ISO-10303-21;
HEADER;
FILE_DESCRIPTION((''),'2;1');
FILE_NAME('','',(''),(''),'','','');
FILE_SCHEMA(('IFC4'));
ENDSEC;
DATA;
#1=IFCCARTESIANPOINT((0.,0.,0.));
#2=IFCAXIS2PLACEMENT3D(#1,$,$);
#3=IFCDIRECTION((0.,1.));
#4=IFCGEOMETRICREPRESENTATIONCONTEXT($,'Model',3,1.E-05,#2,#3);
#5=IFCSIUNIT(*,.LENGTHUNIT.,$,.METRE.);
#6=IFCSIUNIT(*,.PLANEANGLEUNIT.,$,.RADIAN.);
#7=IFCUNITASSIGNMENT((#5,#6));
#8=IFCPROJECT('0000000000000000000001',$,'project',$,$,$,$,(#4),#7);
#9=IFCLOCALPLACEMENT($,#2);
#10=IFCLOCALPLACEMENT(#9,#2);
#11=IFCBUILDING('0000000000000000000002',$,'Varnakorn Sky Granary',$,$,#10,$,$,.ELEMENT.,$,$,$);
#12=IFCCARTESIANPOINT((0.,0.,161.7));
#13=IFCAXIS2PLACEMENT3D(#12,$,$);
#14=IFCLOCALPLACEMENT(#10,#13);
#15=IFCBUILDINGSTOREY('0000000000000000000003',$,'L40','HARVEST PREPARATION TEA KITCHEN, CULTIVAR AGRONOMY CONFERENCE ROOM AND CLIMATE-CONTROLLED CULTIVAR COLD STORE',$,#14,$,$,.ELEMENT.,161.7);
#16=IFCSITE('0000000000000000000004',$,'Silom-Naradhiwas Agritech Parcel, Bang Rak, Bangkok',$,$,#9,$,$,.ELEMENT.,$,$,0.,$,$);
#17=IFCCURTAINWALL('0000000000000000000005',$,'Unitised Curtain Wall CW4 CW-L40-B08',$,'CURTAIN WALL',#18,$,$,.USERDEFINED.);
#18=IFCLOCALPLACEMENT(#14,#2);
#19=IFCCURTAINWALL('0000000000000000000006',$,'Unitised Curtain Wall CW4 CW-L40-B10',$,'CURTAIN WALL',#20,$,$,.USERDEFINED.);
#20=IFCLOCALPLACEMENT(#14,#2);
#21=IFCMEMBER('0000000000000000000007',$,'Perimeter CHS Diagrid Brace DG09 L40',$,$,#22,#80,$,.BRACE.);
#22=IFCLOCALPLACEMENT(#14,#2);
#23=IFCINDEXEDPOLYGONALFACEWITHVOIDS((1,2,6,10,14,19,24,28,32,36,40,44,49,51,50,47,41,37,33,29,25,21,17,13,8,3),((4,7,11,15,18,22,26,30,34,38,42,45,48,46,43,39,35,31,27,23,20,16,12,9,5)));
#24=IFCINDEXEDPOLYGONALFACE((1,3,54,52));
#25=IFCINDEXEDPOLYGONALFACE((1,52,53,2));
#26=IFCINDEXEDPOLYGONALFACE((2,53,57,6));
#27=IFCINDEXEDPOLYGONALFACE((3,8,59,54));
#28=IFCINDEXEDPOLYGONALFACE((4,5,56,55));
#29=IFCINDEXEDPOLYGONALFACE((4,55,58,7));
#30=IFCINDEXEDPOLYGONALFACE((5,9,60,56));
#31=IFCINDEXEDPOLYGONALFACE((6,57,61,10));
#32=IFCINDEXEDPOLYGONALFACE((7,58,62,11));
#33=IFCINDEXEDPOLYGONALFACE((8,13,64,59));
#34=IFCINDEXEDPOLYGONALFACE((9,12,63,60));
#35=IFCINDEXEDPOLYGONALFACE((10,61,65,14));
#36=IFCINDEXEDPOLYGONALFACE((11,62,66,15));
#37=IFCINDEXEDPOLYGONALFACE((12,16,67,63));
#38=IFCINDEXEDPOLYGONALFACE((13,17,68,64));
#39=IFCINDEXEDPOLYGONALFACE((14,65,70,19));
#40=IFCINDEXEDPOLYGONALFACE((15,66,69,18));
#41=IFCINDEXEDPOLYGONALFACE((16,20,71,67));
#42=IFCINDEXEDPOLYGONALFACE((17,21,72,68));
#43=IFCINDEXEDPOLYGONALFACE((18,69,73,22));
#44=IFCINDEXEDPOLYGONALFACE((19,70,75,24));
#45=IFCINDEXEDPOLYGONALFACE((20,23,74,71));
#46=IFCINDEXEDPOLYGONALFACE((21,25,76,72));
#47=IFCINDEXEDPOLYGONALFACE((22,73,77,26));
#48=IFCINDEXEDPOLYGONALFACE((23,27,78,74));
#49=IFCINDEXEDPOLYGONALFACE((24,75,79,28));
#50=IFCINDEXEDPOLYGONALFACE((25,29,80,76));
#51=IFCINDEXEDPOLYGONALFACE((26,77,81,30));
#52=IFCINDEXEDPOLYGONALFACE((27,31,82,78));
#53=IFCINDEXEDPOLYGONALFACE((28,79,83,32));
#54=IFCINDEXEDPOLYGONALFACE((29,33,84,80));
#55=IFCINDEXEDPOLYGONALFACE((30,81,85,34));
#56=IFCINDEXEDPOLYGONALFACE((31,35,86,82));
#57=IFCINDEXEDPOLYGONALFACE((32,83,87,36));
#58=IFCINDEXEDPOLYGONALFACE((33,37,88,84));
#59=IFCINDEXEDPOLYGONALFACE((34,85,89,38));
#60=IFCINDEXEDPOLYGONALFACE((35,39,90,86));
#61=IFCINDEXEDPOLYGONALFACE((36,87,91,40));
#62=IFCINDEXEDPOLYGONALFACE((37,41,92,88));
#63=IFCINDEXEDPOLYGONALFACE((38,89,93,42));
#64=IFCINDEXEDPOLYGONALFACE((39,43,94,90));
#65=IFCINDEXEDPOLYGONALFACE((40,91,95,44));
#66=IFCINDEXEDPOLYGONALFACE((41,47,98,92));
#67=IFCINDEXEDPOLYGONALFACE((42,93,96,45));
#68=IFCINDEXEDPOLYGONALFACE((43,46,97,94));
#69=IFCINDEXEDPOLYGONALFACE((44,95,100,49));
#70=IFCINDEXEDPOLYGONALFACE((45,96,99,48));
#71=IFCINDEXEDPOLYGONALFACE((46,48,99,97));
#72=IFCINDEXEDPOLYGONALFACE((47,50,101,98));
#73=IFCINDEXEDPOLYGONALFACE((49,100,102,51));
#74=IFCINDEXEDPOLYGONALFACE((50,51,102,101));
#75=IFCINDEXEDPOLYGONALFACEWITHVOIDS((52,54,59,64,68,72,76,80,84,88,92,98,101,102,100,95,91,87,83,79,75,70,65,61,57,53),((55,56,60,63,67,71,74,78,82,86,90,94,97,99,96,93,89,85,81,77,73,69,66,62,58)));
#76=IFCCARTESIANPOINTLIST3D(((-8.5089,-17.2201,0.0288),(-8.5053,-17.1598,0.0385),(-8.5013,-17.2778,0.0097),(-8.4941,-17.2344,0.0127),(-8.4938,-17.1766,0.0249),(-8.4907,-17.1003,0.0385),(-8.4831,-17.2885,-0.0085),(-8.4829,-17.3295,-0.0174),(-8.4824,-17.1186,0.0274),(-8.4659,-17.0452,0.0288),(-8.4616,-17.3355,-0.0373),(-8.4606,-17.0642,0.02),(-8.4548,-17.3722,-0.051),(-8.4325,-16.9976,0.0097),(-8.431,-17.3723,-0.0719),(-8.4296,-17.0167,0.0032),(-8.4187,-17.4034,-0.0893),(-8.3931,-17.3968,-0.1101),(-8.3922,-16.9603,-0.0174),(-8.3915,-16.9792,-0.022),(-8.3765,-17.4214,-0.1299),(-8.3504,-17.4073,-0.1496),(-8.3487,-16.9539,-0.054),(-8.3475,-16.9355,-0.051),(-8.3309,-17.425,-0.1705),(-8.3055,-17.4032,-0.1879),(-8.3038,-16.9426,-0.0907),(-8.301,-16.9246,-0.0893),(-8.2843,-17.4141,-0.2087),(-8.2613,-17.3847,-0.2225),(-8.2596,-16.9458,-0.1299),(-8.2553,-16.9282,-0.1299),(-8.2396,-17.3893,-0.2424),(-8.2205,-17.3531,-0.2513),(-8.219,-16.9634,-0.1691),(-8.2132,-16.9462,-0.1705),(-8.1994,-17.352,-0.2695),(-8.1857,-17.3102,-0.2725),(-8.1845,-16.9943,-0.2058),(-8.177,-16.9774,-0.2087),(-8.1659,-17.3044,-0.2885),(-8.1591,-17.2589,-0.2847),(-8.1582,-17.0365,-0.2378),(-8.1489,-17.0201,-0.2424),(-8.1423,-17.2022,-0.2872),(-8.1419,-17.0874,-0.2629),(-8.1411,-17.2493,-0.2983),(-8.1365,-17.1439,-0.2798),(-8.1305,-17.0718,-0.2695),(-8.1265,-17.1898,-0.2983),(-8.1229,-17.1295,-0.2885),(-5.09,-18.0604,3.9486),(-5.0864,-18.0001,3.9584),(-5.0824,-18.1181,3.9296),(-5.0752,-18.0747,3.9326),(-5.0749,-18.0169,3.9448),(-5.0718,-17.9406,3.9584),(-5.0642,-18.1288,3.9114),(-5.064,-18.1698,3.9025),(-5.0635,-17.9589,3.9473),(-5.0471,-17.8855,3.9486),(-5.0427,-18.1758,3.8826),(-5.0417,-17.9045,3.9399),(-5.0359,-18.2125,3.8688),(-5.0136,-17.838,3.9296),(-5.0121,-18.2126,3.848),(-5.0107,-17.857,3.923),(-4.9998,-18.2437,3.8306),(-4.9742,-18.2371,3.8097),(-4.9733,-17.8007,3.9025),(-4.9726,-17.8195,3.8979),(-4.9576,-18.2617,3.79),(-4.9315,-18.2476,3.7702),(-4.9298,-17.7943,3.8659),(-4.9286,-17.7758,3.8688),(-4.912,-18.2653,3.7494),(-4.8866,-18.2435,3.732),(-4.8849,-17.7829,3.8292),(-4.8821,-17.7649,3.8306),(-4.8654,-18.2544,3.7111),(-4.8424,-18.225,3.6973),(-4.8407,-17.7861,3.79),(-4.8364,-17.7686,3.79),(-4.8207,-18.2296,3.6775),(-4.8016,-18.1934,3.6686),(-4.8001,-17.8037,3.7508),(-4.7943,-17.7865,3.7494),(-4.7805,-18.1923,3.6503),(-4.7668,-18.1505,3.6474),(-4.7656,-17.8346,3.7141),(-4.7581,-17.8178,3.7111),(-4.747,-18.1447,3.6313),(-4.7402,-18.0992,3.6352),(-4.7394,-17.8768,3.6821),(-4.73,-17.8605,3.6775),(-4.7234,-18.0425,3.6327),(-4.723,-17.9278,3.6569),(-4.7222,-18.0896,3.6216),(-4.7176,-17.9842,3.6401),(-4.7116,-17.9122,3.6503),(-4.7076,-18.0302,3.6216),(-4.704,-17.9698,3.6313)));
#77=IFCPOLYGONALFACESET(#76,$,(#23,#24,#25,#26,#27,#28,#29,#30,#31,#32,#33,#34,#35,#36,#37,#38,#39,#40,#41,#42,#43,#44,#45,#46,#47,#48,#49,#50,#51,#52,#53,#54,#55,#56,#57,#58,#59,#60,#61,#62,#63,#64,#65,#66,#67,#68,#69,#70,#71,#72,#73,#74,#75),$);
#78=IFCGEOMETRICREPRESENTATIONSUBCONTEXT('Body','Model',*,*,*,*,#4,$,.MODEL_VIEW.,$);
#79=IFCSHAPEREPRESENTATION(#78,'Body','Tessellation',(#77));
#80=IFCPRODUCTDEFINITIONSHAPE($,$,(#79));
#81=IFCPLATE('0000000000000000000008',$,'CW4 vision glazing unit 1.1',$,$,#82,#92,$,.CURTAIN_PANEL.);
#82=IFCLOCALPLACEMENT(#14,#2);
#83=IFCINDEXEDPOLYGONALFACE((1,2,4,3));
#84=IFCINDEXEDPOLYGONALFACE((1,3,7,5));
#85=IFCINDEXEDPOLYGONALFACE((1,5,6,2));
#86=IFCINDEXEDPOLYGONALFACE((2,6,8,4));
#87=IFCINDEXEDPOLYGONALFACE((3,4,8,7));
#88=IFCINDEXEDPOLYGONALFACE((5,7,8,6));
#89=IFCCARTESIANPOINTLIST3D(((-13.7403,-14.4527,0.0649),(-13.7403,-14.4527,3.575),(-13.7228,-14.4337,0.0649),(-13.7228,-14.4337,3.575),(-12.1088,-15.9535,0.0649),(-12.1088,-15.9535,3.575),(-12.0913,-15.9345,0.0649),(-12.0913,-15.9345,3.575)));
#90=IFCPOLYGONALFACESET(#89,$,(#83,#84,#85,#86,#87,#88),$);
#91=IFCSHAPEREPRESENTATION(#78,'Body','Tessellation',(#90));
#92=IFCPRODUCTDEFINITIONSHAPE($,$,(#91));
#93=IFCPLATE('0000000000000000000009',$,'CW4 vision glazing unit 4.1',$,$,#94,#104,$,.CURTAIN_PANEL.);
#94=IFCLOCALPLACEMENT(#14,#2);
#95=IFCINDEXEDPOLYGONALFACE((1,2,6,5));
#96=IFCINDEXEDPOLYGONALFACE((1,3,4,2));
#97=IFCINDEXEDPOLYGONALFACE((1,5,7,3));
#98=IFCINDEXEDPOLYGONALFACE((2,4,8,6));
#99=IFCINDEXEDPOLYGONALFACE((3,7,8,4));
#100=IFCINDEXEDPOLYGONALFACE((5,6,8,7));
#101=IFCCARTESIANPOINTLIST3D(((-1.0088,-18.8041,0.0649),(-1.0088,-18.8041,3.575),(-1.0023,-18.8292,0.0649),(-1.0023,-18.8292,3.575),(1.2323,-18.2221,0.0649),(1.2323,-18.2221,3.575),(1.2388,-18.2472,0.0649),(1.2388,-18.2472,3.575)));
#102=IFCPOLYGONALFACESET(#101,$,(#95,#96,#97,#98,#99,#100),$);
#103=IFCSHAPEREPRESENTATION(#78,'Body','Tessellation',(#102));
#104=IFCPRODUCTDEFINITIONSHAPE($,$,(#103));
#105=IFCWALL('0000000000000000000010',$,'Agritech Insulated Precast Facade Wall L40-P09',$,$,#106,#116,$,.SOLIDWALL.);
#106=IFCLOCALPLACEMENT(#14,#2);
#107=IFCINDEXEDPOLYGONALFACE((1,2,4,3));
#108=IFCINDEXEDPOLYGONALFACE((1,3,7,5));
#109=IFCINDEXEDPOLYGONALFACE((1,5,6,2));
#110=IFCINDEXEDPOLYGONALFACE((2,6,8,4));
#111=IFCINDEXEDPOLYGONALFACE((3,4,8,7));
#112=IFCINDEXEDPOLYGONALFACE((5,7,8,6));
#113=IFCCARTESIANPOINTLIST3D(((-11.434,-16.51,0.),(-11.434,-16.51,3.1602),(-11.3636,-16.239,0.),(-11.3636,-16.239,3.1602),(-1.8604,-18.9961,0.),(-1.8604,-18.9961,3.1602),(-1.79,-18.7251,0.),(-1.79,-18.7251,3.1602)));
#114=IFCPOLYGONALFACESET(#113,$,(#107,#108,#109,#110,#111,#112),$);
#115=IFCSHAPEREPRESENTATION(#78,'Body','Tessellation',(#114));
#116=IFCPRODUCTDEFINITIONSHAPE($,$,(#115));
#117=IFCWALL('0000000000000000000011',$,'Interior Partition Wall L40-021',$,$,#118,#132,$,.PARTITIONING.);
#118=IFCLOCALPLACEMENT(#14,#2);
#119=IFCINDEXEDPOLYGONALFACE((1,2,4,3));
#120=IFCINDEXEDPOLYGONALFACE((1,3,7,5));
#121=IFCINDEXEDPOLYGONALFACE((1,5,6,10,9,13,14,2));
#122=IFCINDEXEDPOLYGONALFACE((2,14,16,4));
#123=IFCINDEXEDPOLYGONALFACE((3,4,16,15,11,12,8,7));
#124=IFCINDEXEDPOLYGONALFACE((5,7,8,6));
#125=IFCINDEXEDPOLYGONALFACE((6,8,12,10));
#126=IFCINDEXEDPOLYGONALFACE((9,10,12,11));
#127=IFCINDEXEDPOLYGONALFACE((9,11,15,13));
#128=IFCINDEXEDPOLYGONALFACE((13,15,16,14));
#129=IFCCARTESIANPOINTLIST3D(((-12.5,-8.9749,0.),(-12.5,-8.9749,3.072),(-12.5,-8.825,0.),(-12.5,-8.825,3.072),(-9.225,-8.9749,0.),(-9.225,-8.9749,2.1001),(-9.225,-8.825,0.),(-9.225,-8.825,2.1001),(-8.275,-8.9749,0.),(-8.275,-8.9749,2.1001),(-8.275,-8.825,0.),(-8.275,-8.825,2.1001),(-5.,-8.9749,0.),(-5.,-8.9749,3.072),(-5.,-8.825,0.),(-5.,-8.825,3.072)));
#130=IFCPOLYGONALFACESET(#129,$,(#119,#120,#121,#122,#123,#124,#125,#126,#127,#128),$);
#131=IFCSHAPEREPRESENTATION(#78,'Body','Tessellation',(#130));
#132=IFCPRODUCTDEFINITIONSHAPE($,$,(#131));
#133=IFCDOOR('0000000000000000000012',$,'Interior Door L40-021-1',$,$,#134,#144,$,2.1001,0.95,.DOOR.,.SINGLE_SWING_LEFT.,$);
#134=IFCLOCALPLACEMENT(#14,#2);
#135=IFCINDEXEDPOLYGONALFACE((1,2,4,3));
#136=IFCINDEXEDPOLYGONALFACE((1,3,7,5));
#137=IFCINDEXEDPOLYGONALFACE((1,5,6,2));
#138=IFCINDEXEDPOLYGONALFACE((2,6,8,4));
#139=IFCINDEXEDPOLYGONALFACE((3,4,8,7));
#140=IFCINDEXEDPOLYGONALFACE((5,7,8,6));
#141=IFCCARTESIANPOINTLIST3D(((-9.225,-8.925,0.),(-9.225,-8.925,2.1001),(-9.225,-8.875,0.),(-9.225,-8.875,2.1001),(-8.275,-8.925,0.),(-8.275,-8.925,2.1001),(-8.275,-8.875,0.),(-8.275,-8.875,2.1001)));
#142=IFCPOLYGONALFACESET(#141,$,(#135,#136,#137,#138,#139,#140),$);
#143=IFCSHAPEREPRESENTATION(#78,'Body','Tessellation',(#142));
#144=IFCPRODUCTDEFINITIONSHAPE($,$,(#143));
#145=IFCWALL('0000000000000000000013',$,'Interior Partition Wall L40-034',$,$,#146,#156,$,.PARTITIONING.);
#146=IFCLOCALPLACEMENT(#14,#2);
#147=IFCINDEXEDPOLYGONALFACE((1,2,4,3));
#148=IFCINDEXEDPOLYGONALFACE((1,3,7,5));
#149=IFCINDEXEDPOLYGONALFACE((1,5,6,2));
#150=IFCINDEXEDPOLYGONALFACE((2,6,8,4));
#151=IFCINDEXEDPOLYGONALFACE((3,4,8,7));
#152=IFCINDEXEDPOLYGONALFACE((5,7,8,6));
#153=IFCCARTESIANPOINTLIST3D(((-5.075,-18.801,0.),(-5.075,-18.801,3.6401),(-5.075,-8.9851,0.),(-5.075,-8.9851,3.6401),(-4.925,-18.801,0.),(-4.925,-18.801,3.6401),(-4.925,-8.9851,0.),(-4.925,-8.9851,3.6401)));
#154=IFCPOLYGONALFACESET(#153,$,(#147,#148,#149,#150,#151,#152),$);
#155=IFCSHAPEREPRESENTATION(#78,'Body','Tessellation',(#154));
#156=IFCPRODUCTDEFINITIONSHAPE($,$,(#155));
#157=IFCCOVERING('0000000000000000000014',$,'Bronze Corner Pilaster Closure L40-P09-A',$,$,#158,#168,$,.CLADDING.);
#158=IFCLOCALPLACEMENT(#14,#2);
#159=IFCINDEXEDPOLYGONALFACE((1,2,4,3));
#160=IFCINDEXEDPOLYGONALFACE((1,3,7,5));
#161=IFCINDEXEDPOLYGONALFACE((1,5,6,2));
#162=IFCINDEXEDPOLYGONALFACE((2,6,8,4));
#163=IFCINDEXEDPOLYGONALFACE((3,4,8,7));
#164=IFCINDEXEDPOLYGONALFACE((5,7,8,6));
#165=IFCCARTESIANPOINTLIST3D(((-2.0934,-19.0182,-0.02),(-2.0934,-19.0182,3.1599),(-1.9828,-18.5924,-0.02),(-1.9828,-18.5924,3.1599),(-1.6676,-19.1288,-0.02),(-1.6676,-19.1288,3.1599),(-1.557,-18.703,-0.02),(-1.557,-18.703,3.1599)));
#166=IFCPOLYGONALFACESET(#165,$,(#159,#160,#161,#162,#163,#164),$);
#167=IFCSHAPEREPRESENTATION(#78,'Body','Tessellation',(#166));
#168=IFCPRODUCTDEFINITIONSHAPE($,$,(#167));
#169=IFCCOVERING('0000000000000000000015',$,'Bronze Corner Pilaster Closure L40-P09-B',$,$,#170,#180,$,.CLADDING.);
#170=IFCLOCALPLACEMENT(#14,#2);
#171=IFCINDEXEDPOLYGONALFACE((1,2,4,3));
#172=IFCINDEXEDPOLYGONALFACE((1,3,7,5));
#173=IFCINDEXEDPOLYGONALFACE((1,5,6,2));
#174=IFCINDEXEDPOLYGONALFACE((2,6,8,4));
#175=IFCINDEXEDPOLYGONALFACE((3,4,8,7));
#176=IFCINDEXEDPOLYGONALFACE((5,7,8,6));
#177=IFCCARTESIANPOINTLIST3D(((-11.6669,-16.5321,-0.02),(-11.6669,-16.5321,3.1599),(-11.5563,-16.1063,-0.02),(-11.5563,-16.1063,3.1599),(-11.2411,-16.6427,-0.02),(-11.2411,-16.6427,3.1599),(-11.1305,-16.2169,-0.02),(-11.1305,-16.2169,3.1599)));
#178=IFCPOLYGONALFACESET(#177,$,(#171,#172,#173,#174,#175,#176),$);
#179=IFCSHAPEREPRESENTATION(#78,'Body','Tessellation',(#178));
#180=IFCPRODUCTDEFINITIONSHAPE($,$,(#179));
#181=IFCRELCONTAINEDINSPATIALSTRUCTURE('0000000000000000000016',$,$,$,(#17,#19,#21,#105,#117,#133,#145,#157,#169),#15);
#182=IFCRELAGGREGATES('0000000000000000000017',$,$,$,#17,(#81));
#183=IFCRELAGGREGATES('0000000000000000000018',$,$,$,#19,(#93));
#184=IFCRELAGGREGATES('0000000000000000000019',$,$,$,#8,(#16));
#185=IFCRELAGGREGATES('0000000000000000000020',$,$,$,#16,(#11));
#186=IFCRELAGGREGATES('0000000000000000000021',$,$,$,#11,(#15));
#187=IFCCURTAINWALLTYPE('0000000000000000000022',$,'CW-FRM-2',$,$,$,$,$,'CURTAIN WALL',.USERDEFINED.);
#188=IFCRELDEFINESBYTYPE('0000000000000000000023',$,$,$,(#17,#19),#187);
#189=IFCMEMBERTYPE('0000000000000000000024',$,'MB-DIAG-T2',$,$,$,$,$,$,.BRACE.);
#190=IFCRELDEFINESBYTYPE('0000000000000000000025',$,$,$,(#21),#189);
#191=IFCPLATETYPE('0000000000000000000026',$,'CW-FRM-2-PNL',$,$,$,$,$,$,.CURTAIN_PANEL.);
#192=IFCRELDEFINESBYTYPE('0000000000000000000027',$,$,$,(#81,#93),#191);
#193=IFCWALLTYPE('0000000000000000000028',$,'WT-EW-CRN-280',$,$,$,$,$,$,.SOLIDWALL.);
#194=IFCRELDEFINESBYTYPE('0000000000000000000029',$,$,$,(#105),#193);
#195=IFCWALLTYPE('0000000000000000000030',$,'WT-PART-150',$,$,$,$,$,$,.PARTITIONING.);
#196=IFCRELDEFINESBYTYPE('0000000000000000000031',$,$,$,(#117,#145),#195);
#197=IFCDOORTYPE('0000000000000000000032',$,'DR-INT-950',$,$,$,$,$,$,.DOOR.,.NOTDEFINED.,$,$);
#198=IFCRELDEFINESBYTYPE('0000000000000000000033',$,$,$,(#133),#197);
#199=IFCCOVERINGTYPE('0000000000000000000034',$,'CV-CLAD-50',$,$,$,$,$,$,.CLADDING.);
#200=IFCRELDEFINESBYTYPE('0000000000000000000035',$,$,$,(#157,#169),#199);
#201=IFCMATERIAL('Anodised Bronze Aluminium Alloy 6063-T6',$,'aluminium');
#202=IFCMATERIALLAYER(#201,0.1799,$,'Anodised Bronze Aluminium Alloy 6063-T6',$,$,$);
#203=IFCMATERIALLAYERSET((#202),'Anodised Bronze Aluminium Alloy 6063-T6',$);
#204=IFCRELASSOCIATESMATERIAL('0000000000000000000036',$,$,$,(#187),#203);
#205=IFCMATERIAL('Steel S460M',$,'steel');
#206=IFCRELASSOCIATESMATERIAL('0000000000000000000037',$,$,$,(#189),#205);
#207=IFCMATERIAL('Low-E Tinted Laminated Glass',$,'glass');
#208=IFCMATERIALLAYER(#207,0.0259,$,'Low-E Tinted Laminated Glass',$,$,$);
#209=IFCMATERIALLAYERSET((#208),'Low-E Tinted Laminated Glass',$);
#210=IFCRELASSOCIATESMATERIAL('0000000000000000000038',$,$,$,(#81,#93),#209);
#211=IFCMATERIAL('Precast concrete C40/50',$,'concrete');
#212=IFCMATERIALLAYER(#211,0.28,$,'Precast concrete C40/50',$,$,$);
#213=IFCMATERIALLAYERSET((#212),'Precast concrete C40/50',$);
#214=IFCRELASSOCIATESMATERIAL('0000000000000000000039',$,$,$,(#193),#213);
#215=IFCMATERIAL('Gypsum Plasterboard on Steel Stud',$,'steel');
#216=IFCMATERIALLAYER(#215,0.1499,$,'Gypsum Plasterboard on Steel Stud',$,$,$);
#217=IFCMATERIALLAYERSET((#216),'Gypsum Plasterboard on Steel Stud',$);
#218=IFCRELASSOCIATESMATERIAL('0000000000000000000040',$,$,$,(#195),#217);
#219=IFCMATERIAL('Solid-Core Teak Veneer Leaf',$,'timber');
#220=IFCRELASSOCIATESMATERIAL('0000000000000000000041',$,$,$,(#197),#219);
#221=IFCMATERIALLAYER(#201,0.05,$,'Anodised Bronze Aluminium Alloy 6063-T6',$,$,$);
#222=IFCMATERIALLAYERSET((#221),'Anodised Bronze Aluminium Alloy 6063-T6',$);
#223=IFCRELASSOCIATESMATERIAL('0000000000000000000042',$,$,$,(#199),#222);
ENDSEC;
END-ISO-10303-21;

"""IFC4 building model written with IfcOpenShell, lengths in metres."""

from ifc_helpers import new_model, si_unit, direction, frame, frame_2d, origin, origin_2d, place, context, subcontext, project, spatial, rectangle, hollow_circle, extrude, source, transform, mapped, material, layer, layer_set, material_profile, profile_set, type_object, type_shapes, element, fill, aggregate, save


model = new_model("IFC4")

# Units and contexts
model_context = context("Model", 3, precision=1e-05, world=origin(), true_north=direction((0.0, 1.0)))
body_context = subcontext(model_context, "Body", "Model", "MODEL_VIEW")
ifc_project = project(units=[si_unit("LENGTHUNIT", "METRE"), si_unit("PLANEANGLEUNIT", "RADIAN")], contexts=[model_context])

# Site, building, storey
site_placement = place(None, origin())
site = spatial("IfcSite", under=ifc_project, at=site_placement, Name="Silom-Naradhiwas Agritech Parcel, Bang Rak, Bangkok", CompositionType="ELEMENT", RefElevation=0.0)
building_placement = place(site_placement, origin())
building = spatial("IfcBuilding", under=site, at=building_placement, Name="Varnakorn Sky Granary", CompositionType="ELEMENT")
storey_placement = place(building_placement, frame((0.0, 0.0, 161.7)))
storey = spatial("IfcBuildingStorey", under=building, at=storey_placement, Name="L40", Description="HARVEST PREPARATION TEA KITCHEN, CULTIVAR AGRONOMY CONFERENCE ROOM AND CLIMATE-CONTROLLED CULTIVAR COLD STORE", CompositionType="ELEMENT", Elevation=161.7)

# Shared definitions
ifc_material_1 = material(Name="Steel S460M", Category="steel")

# Curtain wall
ifc_material_2 = material(Name="Anodised Bronze Aluminium Alloy 6063-T6", Category="aluminium")
ifc_layer_1 = layer(ifc_material_2, 0.1799, Name="Anodised Bronze Aluminium Alloy 6063-T6")
ifc_layer_set_1 = layer_set([ifc_layer_1], Name="Anodised Bronze Aluminium Alloy 6063-T6")
curtain_wall_type = type_object("IfcCurtainWallType", Name="CW-FRM-2", ElementType="CURTAIN WALL", PredefinedType="USERDEFINED", material=ifc_layer_set_1)
curtain_wall_1_placement = place(storey_placement, origin())
curtain_wall_1 = element("IfcCurtainWall", 1, at=curtain_wall_1_placement, inside=storey, type_object=curtain_wall_type, Name="Unitised Curtain Wall CW4 CW-L40-B08", ObjectType="CURTAIN WALL", PredefinedType="USERDEFINED")

# Curtain wall
curtain_wall_2_placement = place(storey_placement, origin())
curtain_wall_2 = element("IfcCurtainWall", 2, at=curtain_wall_2_placement, inside=storey, type_object=curtain_wall_type, Name="Unitised Curtain Wall CW4 CW-L40-B10", ObjectType="CURTAIN WALL", PredefinedType="USERDEFINED")

# Member
ifc_material_profile_1 = material_profile(ifc_material_1, hollow_circle(Radius=0.2539, WallThickness=0.0181, at=origin_2d()), Name="CHS 508x18")
ifc_profile_set_1 = profile_set([ifc_material_profile_1], Name="Steel S460M")
member_type_1 = type_object("IfcMemberType", Name="MB-DIAG-T2", PredefinedType="BRACE", material=ifc_profile_set_1)
member_1_placement = place(storey_placement, frame((-8.3159, -17.1748, -0.1299), z_axis=(0.648894, -0.15949, 0.743976), x_axis=(0.238683, 0.971098, 0.0)))
element("IfcMember", 3, at=member_1_placement, inside=storey, type_object=member_type_1, Name="Perimeter CHS Diagrid Brace DG09 L40", PredefinedType="BRACE", context=body_context, shape_type="SweptSolid", body=[
    extrude(hollow_circle(Radius=0.2539, WallThickness=0.0181, at=origin_2d()), origin(), (0.0, 0.0, 1.0), 5.2688),
])

# Plates
ifc_material_3 = material(Name="Low-E Tinted Laminated Glass", Category="glass")
ifc_layer_2 = layer(ifc_material_3, 0.0259, Name="Low-E Tinted Laminated Glass")
ifc_layer_set_2 = layer_set([ifc_layer_2], Name="Low-E Tinted Laminated Glass")
plate_type = type_object("IfcPlateType", Name="CW-FRM-2-PNL", PredefinedType="CURTAIN_PANEL")
shared_shape_1 = source(origin(), body_context, "Body", "SweptSolid", [
    extrude(rectangle(XDim=2.2168, YDim=0.0259, at=origin_2d()), origin(), (0.0, 0.0, 1.0), 3.51),
])
plate_1_placement = place(storey_placement, frame((-12.9158, -15.1936, 0.0649), z_axis=(0.0, 0.0, 1.0), x_axis=(-0.735973, 0.677011, 0.0)))
plate_1 = element("IfcPlate", 4, at=plate_1_placement, type_object=plate_type, material=ifc_layer_set_2, Name="CW4 vision glazing unit 1.1", PredefinedType="CURTAIN_PANEL", context=body_context, shape_type="MappedRepresentation", body=[
    mapped(shared_shape_1, transform((0.0, 0.0, 0.0), x_axis=(1.0, 0.0, 0.0), y_axis=(0.0, 1.0, 0.0), z_axis=(0.0, 0.0, 1.0), scale=1.0)),
])
aggregate(curtain_wall_1, [plate_1])
shared_shape_2 = source(origin(), body_context, "Body", "SweptSolid", [
    extrude(rectangle(XDim=2.3154, YDim=0.0259, at=origin_2d()), origin(), (0.0, 0.0, 1.0), 3.51),
])
type_shapes(plate_type, [shared_shape_1, shared_shape_2])
plate_2_placement = place(storey_placement, frame((0.115, -18.5256, 0.0649), z_axis=(0.0, 0.0, 1.0), x_axis=(-0.967893, -0.251363, 0.0)))
plate_2 = element("IfcPlate", 5, at=plate_2_placement, type_object=plate_type, material=ifc_layer_set_2, Name="CW4 vision glazing unit 4.1", PredefinedType="CURTAIN_PANEL", context=body_context, shape_type="MappedRepresentation", body=[
    mapped(shared_shape_2, transform((0.0, 0.0, 0.0), x_axis=(1.0, 0.0, 0.0), y_axis=(0.0, 1.0, 0.0), z_axis=(0.0, 0.0, 1.0), scale=1.0)),
])
aggregate(curtain_wall_2, [plate_2])

# Wall
ifc_material_4 = material(Name="Precast concrete C40/50", Category="concrete")
ifc_layer_3 = layer(ifc_material_4, 0.28, Name="Precast concrete C40/50")
ifc_layer_set_3 = layer_set([ifc_layer_3], Name="Precast concrete C40/50")
wall_type_1 = type_object("IfcWallType", Name="WT-EW-CRN-280", PredefinedType="SOLIDWALL", material=ifc_layer_set_3)
wall_1_placement = place(storey_placement, frame((-1.8252, -18.8606, 0.0), z_axis=(0.0, 0.0, 1.0), x_axis=(-0.967897, 0.251348, 0.0)))
element("IfcWall", 6, at=wall_1_placement, inside=storey, type_object=wall_type_1, Name="Agritech Insulated Precast Facade Wall L40-P09", PredefinedType="SOLIDWALL", context=body_context, shape_type="SweptSolid", body=[
    extrude(rectangle(XDim=9.8911, YDim=0.28, at=frame_2d((4.9456, 0.0))), origin(), (0.0, 0.0, 1.0), 3.1602),
])

# Wall, opening, door
ifc_material_5 = material(Name="Gypsum Plasterboard on Steel Stud", Category="steel")
ifc_layer_4 = layer(ifc_material_5, 0.1499, Name="Gypsum Plasterboard on Steel Stud")
ifc_layer_set_4 = layer_set([ifc_layer_4], Name="Gypsum Plasterboard on Steel Stud")
wall_type_2 = type_object("IfcWallType", Name="WT-PART-150", PredefinedType="PARTITIONING", material=ifc_layer_set_4)
wall_2_placement = place(storey_placement, frame((-12.5, -8.8999, 0.0), z_axis=(0.0, 0.0, 1.0), x_axis=(1.0, 0.0, 0.0)))
wall_2 = element("IfcWall", 7, at=wall_2_placement, inside=storey, type_object=wall_type_2, Name="Interior Partition Wall L40-021", PredefinedType="PARTITIONING", context=body_context, shape_type="SweptSolid", body=[
    extrude(rectangle(XDim=7.5, YDim=0.1499, at=frame_2d((3.75, 0.0))), origin(), (0.0, 0.0, 1.0), 3.072),
])
opening_placement = place(wall_2_placement, frame((3.2749, 0.0, 0.0)))
opening = element("IfcOpeningElement", 8, at=opening_placement, cuts=wall_2, PredefinedType="OPENING", context=body_context, shape_type="SweptSolid", body=[
    extrude(rectangle(XDim=0.95, YDim=2.1001, at=frame_2d((0.4751, 1.05))), frame((0.0, 0.085, 0.0), z_axis=(0.0, -1.0, 0.0), x_axis=(1.0, 0.0, 0.0)), (0.0, 0.0, 1.0), 0.1699),
])
ifc_material_6 = material(Name="Solid-Core Teak Veneer Leaf", Category="timber")
door_type = type_object("IfcDoorType", Name="DR-INT-950", OperationType="NOTDEFINED", PredefinedType="DOOR", material=ifc_material_6)
door_placement = place(opening_placement, origin())
door = element("IfcDoor", 9, at=door_placement, inside=storey, type_object=door_type, Name="Interior Door L40-021-1", OperationType="SINGLE_SWING_LEFT", OverallHeight=2.1001, OverallWidth=0.95, PredefinedType="DOOR", context=body_context, shape_type="SweptSolid", body=[
    extrude(rectangle(XDim=0.95, YDim=2.1001, at=frame_2d((0.4751, 1.05))), frame((0.0, 0.0249, 0.0), z_axis=(0.0, -1.0, 0.0), x_axis=(1.0, 0.0, 0.0)), (0.0, 0.0, 1.0), 0.05),
])
fill(opening, door)

# Wall
wall_3_placement = place(storey_placement, frame((-5.0, -8.9851, 0.0), z_axis=(0.0, 0.0, 1.0), x_axis=(0.0, -1.0, 0.0)))
element("IfcWall", 10, at=wall_3_placement, inside=storey, type_object=wall_type_2, Name="Interior Partition Wall L40-034", PredefinedType="PARTITIONING", context=body_context, shape_type="SweptSolid", body=[
    extrude(rectangle(XDim=9.8159, YDim=0.1499, at=frame_2d((4.908, 0.0))), origin(), (0.0, 0.0, 1.0), 3.6401),
])

# Coverings
ifc_layer_5 = layer(ifc_material_2, 0.05, Name="Anodised Bronze Aluminium Alloy 6063-T6")
ifc_layer_set_5 = layer_set([ifc_layer_5], Name="Anodised Bronze Aluminium Alloy 6063-T6")
covering_type = type_object("IfcCoveringType", Name="CV-CLAD-50", PredefinedType="CLADDING", material=ifc_layer_set_5)
shared_shape_3 = source(origin(), body_context, "Body", "SweptSolid", [
    extrude(rectangle(XDim=0.4399, YDim=0.4399, at=origin_2d()), origin(), (0.0, 0.0, 1.0), 3.1799),
])
type_shapes(covering_type, [shared_shape_3])
for number, where, z_axis, x_axis, name in (
    (11, (-1.8252, -18.8606, -0.02), (0.0, 0.0, 1.0), (-0.967885, 0.251394, 0.0), "Bronze Corner Pilaster Closure L40-P09-A"),
    (12, (-11.3987, -16.3745, -0.02), (0.0, 0.0, 1.0), (-0.967885, 0.251394, 0.0), "Bronze Corner Pilaster Closure L40-P09-B"),
):
    element("IfcCovering", number, at=place(storey_placement, frame(where, z_axis=z_axis, x_axis=x_axis)), inside=storey, type_object=covering_type, Name=name, PredefinedType="CLADDING", context=body_context, shape_type="MappedRepresentation", body=[
        mapped(shared_shape_3, transform((0.0, 0.0, 0.0), x_axis=(1.0, 0.0, 0.0), y_axis=(0.0, 1.0, 0.0), z_axis=(0.0, 0.0, 1.0), scale=1.0)),
    ])

save(model, "model.ifc")
